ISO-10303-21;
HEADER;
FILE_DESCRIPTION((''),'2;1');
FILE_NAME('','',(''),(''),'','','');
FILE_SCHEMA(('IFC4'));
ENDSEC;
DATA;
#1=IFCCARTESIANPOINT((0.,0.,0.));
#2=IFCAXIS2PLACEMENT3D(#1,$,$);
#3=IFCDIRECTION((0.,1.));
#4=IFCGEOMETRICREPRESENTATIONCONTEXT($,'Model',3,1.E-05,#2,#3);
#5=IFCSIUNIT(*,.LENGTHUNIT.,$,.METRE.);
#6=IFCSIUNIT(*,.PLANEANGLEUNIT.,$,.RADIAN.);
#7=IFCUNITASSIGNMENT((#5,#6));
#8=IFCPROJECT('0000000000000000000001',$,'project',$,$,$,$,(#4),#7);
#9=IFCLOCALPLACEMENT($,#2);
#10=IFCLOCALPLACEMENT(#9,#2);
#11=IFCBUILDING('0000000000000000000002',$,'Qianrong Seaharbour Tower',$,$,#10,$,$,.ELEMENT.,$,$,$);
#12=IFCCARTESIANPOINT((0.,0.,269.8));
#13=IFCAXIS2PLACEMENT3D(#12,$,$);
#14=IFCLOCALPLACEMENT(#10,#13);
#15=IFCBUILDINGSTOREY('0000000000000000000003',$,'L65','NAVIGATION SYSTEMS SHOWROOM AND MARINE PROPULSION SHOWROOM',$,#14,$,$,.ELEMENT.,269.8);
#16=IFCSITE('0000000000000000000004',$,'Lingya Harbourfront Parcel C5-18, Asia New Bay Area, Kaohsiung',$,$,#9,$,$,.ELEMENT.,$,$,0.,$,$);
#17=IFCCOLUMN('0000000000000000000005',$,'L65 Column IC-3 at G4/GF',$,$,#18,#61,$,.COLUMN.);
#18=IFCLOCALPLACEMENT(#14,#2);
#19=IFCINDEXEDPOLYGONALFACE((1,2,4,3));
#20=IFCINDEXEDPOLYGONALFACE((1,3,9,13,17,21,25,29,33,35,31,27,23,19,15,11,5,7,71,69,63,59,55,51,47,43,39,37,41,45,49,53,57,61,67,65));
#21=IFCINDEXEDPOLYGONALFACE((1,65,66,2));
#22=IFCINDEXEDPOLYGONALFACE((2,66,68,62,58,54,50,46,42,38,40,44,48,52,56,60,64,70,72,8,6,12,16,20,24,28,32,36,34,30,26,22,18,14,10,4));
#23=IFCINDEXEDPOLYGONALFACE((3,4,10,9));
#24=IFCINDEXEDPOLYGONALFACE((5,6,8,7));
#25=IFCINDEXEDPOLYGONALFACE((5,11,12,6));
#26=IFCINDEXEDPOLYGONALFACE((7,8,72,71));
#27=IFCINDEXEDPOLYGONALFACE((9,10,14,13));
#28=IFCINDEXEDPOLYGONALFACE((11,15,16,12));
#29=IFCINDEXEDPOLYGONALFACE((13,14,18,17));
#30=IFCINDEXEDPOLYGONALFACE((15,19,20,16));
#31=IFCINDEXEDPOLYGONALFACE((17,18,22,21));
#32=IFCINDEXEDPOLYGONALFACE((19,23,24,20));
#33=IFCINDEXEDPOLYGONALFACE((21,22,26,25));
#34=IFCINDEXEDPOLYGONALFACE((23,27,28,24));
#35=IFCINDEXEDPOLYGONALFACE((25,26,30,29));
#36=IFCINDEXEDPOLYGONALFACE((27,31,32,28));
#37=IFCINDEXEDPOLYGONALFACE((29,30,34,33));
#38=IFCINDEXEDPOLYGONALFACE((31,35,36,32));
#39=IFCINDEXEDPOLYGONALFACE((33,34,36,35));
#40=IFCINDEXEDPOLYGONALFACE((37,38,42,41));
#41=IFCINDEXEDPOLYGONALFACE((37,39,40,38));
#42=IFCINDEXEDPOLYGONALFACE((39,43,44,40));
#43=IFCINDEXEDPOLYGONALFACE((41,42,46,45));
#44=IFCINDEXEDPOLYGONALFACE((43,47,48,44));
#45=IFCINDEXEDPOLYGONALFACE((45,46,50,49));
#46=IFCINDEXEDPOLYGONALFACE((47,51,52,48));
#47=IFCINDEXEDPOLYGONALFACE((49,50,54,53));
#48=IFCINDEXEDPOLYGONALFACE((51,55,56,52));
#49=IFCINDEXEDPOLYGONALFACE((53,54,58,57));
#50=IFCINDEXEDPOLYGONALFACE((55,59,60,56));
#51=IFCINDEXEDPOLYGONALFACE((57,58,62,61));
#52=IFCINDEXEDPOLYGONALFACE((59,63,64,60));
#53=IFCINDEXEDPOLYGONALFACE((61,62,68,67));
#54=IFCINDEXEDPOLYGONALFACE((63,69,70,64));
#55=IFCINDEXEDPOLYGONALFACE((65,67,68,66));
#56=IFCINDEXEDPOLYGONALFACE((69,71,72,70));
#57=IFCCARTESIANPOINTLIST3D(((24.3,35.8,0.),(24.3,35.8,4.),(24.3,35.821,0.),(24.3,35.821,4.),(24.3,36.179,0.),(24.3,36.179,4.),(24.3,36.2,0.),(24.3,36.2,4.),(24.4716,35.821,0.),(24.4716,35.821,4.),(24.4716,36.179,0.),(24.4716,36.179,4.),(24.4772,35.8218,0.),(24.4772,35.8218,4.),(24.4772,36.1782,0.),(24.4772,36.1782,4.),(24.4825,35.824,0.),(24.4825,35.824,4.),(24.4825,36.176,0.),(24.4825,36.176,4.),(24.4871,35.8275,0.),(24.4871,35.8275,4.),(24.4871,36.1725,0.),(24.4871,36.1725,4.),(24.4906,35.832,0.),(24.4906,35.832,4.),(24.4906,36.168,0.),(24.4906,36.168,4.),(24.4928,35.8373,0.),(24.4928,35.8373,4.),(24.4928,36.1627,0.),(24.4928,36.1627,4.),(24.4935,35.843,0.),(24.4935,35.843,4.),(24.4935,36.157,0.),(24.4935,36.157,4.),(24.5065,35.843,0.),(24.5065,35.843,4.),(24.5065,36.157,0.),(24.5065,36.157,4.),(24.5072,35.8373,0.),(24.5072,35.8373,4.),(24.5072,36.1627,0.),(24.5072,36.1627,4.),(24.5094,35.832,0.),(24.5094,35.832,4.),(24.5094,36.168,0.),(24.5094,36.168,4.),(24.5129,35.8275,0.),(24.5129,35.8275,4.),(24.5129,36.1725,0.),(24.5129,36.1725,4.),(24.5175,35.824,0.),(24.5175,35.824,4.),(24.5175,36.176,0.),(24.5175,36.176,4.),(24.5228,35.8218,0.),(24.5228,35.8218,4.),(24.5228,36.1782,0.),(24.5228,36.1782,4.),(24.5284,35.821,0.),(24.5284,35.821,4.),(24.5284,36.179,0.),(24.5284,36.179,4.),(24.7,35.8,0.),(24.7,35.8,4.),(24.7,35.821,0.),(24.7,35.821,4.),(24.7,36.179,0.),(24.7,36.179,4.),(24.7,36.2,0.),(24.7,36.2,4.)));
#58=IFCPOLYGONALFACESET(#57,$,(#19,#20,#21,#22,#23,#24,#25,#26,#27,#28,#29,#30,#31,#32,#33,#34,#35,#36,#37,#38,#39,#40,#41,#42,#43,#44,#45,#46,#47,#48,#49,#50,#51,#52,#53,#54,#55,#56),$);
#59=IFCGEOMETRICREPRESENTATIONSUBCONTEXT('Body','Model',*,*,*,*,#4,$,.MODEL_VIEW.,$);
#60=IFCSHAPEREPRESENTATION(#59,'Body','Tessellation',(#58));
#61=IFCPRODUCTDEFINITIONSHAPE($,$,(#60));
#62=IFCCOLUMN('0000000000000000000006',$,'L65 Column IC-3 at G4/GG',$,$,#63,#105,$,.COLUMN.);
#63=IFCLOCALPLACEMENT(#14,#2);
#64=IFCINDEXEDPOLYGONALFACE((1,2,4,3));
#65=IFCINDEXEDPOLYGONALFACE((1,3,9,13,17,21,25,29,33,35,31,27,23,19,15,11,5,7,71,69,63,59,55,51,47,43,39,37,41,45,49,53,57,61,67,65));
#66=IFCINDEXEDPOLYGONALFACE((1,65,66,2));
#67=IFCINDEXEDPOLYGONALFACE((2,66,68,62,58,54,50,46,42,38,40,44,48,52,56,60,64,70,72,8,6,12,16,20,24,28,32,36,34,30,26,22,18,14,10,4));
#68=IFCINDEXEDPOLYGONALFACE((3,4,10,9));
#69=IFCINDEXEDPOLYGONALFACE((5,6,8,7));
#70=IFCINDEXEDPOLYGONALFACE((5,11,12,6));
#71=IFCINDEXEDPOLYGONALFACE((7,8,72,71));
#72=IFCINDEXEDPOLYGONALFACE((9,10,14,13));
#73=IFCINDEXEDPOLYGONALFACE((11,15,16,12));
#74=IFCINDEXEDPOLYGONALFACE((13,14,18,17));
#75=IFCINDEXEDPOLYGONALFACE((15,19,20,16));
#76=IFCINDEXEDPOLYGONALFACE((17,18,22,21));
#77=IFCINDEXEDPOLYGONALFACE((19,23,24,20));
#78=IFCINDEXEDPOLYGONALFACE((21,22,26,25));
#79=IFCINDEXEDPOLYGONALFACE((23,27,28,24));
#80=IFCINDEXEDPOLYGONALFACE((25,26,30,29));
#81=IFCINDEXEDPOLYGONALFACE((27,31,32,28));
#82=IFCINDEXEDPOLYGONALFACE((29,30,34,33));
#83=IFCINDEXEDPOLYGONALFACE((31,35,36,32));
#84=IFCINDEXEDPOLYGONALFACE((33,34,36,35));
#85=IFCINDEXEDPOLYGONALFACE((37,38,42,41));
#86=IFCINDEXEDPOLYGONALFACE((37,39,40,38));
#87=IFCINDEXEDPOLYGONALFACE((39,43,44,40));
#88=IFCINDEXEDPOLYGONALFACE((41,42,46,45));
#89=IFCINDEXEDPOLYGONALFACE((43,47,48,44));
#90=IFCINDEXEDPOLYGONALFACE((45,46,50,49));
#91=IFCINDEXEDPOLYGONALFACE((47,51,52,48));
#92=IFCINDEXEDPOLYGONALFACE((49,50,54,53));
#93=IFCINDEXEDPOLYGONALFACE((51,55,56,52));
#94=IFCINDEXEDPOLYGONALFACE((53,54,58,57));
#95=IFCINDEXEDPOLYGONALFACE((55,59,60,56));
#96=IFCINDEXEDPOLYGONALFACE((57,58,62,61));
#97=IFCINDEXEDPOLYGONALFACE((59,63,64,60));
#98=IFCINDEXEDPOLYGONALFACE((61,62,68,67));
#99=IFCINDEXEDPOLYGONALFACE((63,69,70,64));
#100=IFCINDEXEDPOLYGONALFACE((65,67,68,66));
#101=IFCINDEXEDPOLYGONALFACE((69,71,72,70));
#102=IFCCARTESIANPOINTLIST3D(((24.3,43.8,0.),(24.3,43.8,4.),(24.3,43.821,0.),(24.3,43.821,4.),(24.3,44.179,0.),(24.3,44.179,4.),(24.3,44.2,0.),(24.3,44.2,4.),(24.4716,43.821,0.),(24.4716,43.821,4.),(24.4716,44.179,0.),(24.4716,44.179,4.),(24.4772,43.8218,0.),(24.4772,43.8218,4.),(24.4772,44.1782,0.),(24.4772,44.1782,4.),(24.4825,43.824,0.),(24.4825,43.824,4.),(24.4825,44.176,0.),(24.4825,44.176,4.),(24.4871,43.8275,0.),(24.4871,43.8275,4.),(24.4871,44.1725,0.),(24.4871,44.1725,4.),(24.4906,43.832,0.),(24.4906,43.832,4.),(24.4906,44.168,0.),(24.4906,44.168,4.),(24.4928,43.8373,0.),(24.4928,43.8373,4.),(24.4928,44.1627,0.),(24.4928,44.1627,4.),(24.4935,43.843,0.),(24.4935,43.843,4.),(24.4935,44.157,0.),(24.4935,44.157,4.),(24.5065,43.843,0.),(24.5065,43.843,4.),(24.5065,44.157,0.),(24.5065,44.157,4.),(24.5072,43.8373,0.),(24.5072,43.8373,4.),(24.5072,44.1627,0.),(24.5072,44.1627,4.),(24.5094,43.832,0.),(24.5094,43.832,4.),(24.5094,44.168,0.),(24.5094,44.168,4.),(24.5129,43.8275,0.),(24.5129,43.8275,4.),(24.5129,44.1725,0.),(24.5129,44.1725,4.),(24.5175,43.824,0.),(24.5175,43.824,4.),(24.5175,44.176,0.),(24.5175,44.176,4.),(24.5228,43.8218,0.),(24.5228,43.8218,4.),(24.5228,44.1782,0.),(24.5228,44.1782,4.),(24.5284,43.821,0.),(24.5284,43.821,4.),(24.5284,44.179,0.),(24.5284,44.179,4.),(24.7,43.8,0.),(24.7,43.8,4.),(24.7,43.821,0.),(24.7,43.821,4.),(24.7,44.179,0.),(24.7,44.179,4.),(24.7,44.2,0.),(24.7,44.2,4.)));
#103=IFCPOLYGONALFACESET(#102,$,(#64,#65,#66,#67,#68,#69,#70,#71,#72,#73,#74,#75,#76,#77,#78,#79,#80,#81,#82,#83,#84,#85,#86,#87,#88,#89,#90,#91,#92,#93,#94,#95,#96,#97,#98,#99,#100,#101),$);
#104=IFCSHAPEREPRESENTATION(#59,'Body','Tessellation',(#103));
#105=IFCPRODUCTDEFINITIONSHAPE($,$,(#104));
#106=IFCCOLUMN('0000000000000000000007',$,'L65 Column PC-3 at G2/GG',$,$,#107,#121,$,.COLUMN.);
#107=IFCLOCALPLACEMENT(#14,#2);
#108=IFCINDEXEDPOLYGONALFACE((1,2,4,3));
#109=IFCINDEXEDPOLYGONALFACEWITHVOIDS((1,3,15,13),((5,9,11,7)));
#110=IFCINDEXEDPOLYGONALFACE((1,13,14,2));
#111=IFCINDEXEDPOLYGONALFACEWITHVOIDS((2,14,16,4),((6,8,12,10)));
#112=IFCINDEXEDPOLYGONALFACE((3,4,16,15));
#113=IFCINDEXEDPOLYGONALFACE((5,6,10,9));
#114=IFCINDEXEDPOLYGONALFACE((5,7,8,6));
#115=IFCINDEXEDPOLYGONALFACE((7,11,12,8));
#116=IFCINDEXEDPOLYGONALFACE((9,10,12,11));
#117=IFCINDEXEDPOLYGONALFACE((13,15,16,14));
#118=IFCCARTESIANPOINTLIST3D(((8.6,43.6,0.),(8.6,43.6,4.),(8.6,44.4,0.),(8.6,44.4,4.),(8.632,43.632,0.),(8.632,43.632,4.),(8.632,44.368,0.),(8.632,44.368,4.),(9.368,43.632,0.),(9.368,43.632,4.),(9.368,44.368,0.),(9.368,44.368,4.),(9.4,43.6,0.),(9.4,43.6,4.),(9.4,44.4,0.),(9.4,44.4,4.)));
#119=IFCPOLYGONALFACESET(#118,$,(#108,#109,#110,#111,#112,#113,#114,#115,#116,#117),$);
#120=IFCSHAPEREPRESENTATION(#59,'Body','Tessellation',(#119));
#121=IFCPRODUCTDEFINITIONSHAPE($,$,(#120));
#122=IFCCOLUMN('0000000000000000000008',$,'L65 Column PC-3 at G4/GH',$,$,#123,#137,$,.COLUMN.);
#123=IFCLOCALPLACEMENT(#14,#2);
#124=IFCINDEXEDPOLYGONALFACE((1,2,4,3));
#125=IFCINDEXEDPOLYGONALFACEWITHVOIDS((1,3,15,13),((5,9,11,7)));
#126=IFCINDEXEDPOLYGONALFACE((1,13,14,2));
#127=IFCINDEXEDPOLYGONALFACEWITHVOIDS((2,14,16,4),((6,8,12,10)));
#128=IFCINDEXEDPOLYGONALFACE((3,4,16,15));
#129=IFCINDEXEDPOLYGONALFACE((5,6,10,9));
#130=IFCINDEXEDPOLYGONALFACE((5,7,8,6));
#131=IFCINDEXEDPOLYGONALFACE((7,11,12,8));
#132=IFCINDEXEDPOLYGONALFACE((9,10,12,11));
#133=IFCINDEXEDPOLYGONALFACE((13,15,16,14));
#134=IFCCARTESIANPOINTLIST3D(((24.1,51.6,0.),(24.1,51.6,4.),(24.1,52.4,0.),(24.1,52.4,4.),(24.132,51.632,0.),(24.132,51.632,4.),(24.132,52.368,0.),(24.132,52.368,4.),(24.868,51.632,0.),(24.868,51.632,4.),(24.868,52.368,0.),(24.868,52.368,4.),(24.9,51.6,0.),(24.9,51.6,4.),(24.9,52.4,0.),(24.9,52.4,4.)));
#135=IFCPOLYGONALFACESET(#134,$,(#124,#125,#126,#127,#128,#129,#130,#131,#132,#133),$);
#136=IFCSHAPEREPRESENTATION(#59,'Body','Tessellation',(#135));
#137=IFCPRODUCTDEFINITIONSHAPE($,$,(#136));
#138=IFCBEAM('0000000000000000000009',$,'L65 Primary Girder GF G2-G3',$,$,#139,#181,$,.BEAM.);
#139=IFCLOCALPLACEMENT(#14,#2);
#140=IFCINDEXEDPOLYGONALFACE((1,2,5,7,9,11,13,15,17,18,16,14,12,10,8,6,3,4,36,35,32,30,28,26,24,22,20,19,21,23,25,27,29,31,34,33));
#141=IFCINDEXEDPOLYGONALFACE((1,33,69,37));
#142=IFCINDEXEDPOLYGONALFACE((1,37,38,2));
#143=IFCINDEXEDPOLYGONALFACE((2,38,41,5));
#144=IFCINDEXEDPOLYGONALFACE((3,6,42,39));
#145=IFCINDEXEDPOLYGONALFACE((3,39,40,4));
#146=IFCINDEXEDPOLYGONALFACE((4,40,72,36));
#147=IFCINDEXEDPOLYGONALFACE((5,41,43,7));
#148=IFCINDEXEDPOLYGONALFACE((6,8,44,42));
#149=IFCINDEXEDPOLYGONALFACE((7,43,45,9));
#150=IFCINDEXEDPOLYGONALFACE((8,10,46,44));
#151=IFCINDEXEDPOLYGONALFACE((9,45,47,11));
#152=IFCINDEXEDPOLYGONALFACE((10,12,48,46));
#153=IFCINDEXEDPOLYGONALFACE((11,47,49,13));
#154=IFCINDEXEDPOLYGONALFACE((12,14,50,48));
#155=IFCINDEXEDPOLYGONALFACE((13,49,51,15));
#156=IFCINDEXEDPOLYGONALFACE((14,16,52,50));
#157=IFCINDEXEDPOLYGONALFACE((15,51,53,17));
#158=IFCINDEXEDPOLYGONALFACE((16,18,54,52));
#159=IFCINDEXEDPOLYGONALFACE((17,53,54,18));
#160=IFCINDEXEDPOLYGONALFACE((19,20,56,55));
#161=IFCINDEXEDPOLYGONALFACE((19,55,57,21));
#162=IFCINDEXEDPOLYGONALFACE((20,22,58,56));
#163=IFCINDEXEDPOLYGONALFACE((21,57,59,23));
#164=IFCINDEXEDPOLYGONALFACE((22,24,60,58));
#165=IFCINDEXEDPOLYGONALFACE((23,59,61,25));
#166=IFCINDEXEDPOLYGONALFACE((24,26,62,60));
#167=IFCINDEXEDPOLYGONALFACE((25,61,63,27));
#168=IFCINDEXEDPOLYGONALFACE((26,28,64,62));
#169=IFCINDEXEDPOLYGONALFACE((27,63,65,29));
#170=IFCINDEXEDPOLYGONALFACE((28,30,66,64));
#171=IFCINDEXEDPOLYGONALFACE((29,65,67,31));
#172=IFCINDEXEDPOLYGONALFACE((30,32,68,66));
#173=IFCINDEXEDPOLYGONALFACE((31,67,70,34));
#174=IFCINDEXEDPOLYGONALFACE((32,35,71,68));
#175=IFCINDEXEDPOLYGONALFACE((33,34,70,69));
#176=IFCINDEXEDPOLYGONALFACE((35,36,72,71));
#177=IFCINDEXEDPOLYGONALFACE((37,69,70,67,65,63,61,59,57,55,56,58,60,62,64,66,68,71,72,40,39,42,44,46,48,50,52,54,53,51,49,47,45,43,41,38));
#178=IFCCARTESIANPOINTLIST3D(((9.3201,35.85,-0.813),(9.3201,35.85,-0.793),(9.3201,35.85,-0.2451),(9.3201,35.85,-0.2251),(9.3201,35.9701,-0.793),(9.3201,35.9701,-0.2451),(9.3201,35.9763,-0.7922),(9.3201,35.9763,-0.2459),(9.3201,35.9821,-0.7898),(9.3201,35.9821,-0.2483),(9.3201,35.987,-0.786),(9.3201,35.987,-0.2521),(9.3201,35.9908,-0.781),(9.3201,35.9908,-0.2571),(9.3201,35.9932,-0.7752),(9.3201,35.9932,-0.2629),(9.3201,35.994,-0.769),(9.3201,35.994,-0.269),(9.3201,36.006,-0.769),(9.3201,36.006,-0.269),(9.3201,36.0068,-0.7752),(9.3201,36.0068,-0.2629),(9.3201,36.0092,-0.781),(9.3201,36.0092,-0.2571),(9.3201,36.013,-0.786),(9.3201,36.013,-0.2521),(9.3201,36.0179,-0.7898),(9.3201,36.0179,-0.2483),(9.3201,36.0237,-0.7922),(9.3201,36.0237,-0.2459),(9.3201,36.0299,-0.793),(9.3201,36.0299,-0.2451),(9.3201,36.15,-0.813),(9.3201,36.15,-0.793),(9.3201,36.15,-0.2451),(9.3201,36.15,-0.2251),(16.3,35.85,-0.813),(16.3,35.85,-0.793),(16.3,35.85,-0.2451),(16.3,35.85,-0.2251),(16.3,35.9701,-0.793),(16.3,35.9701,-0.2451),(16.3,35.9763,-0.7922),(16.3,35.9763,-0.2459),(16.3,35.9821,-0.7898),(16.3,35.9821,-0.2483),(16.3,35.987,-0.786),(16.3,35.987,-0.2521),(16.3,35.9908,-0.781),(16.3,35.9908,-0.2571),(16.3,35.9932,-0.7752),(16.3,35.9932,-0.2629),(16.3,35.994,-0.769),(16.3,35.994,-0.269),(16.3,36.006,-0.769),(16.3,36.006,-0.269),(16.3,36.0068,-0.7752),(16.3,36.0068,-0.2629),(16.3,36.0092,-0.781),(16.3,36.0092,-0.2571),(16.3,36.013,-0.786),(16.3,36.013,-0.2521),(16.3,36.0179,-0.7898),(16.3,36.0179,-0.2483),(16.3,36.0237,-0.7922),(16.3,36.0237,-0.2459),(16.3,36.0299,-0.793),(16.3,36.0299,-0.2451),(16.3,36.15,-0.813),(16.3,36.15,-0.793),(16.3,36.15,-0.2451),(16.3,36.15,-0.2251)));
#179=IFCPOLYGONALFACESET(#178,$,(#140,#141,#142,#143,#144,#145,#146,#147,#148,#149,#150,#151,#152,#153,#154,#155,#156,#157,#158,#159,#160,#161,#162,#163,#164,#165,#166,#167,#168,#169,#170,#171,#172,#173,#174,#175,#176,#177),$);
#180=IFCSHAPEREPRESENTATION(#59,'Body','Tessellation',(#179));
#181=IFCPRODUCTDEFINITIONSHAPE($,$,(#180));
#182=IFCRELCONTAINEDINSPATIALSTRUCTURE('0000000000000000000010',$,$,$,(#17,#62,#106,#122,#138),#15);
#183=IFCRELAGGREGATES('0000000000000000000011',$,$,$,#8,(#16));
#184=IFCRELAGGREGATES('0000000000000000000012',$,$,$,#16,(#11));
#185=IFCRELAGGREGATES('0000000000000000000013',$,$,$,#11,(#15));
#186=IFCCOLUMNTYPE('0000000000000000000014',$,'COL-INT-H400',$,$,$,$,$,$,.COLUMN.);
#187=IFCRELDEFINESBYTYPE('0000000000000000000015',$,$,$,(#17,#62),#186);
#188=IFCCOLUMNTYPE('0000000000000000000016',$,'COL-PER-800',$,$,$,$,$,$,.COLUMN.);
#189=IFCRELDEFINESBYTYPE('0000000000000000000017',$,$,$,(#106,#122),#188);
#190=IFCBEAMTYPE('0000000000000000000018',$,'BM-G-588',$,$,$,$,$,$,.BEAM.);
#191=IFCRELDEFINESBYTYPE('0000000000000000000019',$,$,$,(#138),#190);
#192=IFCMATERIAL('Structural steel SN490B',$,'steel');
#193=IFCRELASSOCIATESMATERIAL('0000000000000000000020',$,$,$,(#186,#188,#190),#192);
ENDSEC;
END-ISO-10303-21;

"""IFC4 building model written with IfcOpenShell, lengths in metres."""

from ifc_helpers import new_model, si_unit, direction, frame, origin, origin_2d, place, context, subcontext, project, spatial, hollow_rectangle, i_section, extrude, material, material_profile, profile_set, type_object, element, save


model = new_model("IFC4")

# Units and contexts
model_context = context("Model", 3, precision=1e-05, world=origin(), true_north=direction((0.0, 1.0)))
body_context = subcontext(model_context, "Body", "Model", "MODEL_VIEW")
ifc_project = project(units=[si_unit("LENGTHUNIT", "METRE"), si_unit("PLANEANGLEUNIT", "RADIAN")], contexts=[model_context])

# Site, building, storey
site_placement = place(None, origin())
site = spatial("IfcSite", under=ifc_project, at=site_placement, Name="Lingya Harbourfront Parcel C5-18, Asia New Bay Area, Kaohsiung", CompositionType="ELEMENT", RefElevation=0.0)
building_placement = place(site_placement, origin())
building = spatial("IfcBuilding", under=site, at=building_placement, Name="Qianrong Seaharbour Tower", CompositionType="ELEMENT")
storey_placement = place(building_placement, frame((0.0, 0.0, 269.8)))
storey = spatial("IfcBuildingStorey", under=building, at=storey_placement, Name="L65", Description="NAVIGATION SYSTEMS SHOWROOM AND MARINE PROPULSION SHOWROOM", CompositionType="ELEMENT", Elevation=269.8)

# Columns
ifc_material_1 = material(Name="Structural steel SN490B", Category="steel")
ifc_material_profile_1 = material_profile(ifc_material_1, i_section(OverallWidth=0.3999, OverallDepth=0.3999, WebThickness=0.0129, FlangeThickness=0.021, FilletRadius=0.022, at=origin_2d()), Name="H400x400x13x21")
ifc_profile_set_1 = profile_set([ifc_material_profile_1], Name="Structural steel SN490B")
column_type_1 = type_object("IfcColumnType", Name="COL-INT-H400", PredefinedType="COLUMN", material=ifc_profile_set_1)
for number, where, z_axis, x_axis, name in (
    (1, (24.5, 36.0, 0.0), (0.0, 0.0, 1.0), (1.0, 0.0, 0.0), "L65 Column IC-3 at G4/GF"),
    (2, (24.5, 44.0, 0.0), (0.0, 0.0, 1.0), (1.0, 0.0, 0.0), "L65 Column IC-3 at G4/GG"),
):
    element("IfcColumn", number, at=place(storey_placement, frame(where, z_axis=z_axis, x_axis=x_axis)), inside=storey, type_object=column_type_1, Name=name, PredefinedType="COLUMN", context=body_context, shape_type="SweptSolid", body=[
        extrude(i_section(OverallWidth=0.3999, OverallDepth=0.3999, WebThickness=0.0129, FlangeThickness=0.021, FilletRadius=0.022, at=origin_2d()), origin(), (0.0, 0.0, 1.0), 4.0),
    ])
ifc_material_profile_2 = material_profile(ifc_material_1, hollow_rectangle(XDim=0.8, YDim=0.8, WallThickness=0.032, at=origin_2d()), Name="BOX800x800x32")
ifc_profile_set_2 = profile_set([ifc_material_profile_2], Name="Structural steel SN490B")
column_type_2 = type_object("IfcColumnType", Name="COL-PER-800", PredefinedType="COLUMN", material=ifc_profile_set_2)
for number, where, z_axis, x_axis, name in (
    (3, (9.0, 44.0, 0.0), (0.0, 0.0, 1.0), (1.0, 0.0, 0.0), "L65 Column PC-3 at G2/GG"),
    (4, (24.5, 52.0, 0.0), (0.0, 0.0, 1.0), (1.0, 0.0, 0.0), "L65 Column PC-3 at G4/GH"),
):
    element("IfcColumn", number, at=place(storey_placement, frame(where, z_axis=z_axis, x_axis=x_axis)), inside=storey, type_object=column_type_2, Name=name, PredefinedType="COLUMN", context=body_context, shape_type="SweptSolid", body=[
        extrude(hollow_rectangle(XDim=0.8, YDim=0.8, WallThickness=0.032, at=origin_2d()), origin(), (0.0, 0.0, 1.0), 4.0),
    ])

# Beam
ifc_material_profile_3 = material_profile(ifc_material_1, i_section(OverallWidth=0.3, OverallDepth=0.5879, WebThickness=0.012, FlangeThickness=0.02, FilletRadius=0.0239, at=origin_2d()), Name="H588x300x12x20")
ifc_profile_set_3 = profile_set([ifc_material_profile_3], Name="Structural steel SN490B")
beam_type_1 = type_object("IfcBeamType", Name="BM-G-588", PredefinedType="BEAM", material=ifc_profile_set_3)
beam_1_placement = place(storey_placement, frame((9.3201, 36.0, -0.519), z_axis=(1.0, 0.0, 0.0), x_axis=(0.0, 1.0, 0.0)))
element("IfcBeam", 5, at=beam_1_placement, inside=storey, type_object=beam_type_1, Name="L65 Primary Girder GF G2-G3", PredefinedType="BEAM", context=body_context, shape_type="SweptSolid", body=[
    extrude(i_section(OverallWidth=0.3, OverallDepth=0.5879, WebThickness=0.012, FlangeThickness=0.02, FilletRadius=0.0239, at=origin_2d()), origin(), (0.0, 0.0, 1.0), 6.98),
])

save(model, "model.ifc")
